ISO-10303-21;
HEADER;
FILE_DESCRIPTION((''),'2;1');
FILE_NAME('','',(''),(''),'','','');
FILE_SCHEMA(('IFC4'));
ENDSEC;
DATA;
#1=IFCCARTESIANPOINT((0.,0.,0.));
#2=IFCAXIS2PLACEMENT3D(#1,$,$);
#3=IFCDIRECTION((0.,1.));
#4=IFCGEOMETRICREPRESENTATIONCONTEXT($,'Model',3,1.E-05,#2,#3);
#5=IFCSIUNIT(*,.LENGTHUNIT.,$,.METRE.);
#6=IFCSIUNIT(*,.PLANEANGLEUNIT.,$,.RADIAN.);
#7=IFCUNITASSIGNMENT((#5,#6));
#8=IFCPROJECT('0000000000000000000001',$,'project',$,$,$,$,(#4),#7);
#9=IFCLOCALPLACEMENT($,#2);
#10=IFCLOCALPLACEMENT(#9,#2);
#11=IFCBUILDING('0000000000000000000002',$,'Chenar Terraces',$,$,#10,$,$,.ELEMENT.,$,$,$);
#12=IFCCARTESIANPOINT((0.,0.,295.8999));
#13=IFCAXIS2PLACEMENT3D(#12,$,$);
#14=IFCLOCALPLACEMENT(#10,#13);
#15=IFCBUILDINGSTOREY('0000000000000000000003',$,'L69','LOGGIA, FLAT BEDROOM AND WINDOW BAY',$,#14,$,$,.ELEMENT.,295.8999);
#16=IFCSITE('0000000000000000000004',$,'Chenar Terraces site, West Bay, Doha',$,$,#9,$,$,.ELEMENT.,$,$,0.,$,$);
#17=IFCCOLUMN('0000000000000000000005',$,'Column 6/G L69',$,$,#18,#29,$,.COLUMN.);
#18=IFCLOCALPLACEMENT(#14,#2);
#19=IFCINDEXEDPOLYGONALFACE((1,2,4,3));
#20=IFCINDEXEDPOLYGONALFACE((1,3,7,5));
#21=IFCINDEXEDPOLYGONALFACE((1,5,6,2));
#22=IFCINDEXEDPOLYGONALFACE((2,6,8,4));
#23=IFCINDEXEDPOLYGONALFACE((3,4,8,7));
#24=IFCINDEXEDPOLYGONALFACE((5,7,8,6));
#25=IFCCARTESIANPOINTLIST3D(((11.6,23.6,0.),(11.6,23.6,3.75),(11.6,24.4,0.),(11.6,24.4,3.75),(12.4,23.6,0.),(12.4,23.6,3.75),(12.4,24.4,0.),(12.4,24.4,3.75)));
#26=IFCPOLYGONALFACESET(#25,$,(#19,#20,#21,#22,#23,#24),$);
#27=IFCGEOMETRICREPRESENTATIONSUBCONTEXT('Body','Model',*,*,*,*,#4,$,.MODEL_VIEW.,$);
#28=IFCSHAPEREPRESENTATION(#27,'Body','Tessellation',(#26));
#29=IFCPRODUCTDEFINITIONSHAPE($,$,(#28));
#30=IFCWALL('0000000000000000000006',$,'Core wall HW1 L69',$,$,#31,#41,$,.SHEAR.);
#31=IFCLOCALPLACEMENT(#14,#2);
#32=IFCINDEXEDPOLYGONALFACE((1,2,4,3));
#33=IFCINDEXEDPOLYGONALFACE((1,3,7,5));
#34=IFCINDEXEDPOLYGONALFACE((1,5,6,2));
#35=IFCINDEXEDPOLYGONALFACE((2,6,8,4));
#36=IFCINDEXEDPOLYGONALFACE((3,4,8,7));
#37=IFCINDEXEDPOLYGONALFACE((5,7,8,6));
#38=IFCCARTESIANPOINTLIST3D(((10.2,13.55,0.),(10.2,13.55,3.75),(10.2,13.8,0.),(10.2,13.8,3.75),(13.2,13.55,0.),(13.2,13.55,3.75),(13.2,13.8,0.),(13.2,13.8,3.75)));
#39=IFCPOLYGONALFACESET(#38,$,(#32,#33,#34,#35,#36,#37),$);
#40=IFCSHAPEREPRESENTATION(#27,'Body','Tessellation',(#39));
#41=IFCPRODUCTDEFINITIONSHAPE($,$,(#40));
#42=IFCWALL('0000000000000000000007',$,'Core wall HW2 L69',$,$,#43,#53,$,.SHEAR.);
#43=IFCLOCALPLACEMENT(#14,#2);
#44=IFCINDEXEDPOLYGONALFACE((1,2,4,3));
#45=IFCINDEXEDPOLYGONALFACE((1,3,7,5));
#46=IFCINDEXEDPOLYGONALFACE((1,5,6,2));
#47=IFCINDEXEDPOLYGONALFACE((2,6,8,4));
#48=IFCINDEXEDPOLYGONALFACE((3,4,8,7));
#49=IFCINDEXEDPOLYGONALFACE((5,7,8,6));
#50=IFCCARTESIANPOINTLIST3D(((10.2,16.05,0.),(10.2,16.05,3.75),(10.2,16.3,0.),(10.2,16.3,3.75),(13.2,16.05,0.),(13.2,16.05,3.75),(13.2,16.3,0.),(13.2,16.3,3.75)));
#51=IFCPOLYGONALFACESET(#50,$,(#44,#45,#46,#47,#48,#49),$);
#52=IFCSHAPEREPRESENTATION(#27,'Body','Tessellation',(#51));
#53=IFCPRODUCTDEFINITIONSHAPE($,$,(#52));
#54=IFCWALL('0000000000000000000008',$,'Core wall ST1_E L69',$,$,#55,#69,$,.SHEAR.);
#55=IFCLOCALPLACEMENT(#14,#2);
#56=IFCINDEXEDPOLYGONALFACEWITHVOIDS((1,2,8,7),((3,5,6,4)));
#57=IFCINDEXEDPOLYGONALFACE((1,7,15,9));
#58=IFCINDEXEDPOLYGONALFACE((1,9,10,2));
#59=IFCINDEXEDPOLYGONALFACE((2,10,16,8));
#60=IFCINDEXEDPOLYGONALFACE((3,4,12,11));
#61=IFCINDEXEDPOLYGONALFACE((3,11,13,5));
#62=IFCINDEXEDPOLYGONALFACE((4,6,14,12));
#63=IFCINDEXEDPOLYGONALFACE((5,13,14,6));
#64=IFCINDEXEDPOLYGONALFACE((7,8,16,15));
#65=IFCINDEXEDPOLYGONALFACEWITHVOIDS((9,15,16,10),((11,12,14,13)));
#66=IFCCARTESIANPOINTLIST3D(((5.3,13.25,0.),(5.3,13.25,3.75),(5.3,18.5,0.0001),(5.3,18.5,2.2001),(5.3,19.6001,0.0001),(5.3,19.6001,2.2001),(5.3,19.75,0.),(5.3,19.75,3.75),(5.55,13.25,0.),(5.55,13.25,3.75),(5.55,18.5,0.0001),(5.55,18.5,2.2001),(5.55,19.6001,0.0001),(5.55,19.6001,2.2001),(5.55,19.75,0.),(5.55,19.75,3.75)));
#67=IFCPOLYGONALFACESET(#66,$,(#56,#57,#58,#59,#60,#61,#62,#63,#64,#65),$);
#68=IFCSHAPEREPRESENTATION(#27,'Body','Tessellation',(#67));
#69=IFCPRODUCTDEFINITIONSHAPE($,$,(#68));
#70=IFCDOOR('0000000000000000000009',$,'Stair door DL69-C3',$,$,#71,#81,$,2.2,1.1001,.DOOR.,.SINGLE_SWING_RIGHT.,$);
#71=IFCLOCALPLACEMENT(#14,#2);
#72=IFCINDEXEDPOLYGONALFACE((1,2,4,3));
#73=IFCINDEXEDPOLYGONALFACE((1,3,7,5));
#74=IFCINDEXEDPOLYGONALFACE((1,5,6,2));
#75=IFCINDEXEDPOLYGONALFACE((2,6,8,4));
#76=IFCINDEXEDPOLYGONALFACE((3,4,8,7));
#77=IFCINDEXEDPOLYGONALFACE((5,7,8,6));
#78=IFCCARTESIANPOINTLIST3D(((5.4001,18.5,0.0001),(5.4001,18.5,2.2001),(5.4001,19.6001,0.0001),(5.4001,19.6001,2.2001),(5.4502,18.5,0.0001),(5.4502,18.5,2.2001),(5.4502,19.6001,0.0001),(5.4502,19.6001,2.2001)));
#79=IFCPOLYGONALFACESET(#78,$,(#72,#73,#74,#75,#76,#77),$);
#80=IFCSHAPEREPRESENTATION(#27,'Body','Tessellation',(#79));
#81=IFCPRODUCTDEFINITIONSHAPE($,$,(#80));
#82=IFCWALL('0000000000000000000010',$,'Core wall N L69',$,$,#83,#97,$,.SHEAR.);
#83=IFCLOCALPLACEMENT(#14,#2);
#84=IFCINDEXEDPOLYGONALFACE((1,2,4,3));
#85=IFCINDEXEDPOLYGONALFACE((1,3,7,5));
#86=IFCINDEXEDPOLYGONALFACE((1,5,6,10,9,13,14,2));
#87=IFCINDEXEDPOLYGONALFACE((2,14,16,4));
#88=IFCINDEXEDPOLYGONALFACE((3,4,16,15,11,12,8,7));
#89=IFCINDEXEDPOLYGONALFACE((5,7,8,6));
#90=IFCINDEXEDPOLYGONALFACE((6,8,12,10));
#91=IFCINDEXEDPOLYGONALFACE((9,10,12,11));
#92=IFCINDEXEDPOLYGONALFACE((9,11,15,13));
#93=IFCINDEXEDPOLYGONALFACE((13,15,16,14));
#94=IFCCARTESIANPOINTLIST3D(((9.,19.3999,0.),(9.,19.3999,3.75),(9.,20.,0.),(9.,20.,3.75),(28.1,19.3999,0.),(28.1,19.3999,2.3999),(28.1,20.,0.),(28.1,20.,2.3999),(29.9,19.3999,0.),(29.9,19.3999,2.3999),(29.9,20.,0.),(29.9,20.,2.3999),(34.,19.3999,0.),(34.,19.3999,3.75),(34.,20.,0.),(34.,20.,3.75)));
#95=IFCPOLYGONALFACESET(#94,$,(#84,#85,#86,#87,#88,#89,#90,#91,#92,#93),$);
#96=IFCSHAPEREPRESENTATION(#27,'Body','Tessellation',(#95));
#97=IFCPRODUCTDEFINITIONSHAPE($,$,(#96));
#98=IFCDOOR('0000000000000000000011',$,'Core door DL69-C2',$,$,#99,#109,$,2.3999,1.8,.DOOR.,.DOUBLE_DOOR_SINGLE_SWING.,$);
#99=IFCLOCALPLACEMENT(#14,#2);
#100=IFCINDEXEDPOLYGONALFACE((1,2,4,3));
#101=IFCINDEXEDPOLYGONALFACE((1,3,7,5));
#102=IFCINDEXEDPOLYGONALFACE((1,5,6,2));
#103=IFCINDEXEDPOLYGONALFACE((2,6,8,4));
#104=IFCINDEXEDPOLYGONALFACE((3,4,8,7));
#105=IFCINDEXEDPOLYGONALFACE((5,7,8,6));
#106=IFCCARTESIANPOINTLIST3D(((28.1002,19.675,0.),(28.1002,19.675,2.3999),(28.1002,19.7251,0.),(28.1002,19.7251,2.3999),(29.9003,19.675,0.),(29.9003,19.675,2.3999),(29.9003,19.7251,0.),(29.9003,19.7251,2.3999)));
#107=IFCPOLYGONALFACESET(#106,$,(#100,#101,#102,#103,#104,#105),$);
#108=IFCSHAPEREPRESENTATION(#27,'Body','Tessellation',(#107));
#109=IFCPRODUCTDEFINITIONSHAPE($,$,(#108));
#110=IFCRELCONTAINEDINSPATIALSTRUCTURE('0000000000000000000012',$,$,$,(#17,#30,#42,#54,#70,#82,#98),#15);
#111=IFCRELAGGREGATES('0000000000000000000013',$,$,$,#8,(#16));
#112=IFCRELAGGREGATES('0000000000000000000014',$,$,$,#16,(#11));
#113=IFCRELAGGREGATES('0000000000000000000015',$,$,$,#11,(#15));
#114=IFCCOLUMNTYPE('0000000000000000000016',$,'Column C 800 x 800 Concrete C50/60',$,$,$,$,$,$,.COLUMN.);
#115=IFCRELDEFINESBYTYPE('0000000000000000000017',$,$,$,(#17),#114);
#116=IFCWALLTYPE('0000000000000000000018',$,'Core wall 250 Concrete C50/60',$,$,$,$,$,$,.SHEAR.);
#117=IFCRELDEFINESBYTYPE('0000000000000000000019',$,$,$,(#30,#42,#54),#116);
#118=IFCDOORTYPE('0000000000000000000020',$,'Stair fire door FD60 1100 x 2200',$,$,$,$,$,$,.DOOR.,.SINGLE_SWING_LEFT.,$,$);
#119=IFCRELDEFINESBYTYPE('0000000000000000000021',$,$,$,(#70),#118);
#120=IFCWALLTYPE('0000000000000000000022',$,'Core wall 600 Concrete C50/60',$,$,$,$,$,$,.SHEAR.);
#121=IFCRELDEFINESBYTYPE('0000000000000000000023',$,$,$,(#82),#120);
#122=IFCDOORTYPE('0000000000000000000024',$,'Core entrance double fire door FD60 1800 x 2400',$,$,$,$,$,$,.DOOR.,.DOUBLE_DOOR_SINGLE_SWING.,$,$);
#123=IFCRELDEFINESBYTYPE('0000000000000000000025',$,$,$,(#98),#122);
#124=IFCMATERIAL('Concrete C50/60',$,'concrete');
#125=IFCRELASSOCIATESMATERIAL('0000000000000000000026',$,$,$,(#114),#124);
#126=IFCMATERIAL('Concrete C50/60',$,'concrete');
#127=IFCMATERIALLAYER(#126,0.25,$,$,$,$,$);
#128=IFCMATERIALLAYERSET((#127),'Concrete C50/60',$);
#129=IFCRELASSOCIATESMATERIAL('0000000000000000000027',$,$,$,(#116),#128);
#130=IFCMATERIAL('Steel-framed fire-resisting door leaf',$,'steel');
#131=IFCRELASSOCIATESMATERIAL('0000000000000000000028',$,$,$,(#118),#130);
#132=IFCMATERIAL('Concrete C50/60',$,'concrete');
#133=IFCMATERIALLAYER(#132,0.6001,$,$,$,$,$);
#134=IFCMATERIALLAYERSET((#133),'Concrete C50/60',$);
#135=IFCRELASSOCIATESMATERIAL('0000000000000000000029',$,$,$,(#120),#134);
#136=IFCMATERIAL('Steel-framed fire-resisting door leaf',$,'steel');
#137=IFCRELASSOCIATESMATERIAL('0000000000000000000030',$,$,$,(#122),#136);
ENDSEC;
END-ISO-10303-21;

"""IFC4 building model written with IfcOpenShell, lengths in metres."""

from ifc_helpers import new_model, si_unit, direction, frame, frame_2d, origin, origin_2d, place, context, subcontext, project, spatial, rectangle, extrude, material, layer, layer_set, material_profile, profile_set, type_object, element, fill, save


model = new_model("IFC4")

# Units and contexts
model_context = context("Model", 3, precision=1e-05, world=origin(), true_north=direction((0.0, 1.0)))
body_context = subcontext(model_context, "Body", "Model", "MODEL_VIEW")
ifc_project = project(units=[si_unit("LENGTHUNIT", "METRE"), si_unit("PLANEANGLEUNIT", "RADIAN")], contexts=[model_context])

# Site, building, storey
site_placement = place(None, origin())
site = spatial("IfcSite", under=ifc_project, at=site_placement, Name="Chenar Terraces site, West Bay, Doha", CompositionType="ELEMENT", RefElevation=0.0)
building_placement = place(site_placement, origin())
building = spatial("IfcBuilding", under=site, at=building_placement, Name="Chenar Terraces", CompositionType="ELEMENT")
storey_placement = place(building_placement, frame((0.0, 0.0, 295.8999)))
storey = spatial("IfcBuildingStorey", under=building, at=storey_placement, Name="L69", Description="LOGGIA, FLAT BEDROOM AND WINDOW BAY", CompositionType="ELEMENT", Elevation=295.8999)

# Column
ifc_material_1 = material(Name="Concrete C50/60", Category="concrete")
ifc_material_profile = material_profile(ifc_material_1, rectangle(XDim=0.8, YDim=0.8, at=origin_2d()), Name="C 800 x 800")
ifc_profile_set = profile_set([ifc_material_profile], Name="Concrete C50/60")
column_type = type_object("IfcColumnType", Name="Column C 800 x 800 Concrete C50/60", PredefinedType="COLUMN", material=ifc_profile_set)
column_placement = place(storey_placement, frame((12.0, 24.0, 0.0), z_axis=(0.0, 0.0, 1.0), x_axis=(1.0, 0.0, 0.0)))
element("IfcColumn", 1, at=column_placement, inside=storey, type_object=column_type, Name="Column 6/G L69", PredefinedType="COLUMN", context=body_context, shape_type="SweptSolid", body=[
    extrude(rectangle(XDim=0.8, YDim=0.8, at=origin_2d()), origin(), (0.0, 0.0, 1.0), 3.75),
])

# Walls
ifc_material_2 = material(Name="Concrete C50/60", Category="concrete")
ifc_layer_1 = layer(ifc_material_2, 0.25)
ifc_layer_set_1 = layer_set([ifc_layer_1], Name="Concrete C50/60")
wall_type_1 = type_object("IfcWallType", Name="Core wall 250 Concrete C50/60", PredefinedType="SHEAR", material=ifc_layer_set_1)
for number, where, z_axis, x_axis, name in (
    (2, (10.2, 13.675, 0.0), (0.0, 0.0, 1.0), (1.0, 0.0, 0.0), "Core wall HW1 L69"),
    (3, (10.2, 16.175, 0.0), (0.0, 0.0, 1.0), (1.0, 0.0, 0.0), "Core wall HW2 L69"),
):
    element("IfcWall", number, at=place(storey_placement, frame(where, z_axis=z_axis, x_axis=x_axis)), inside=storey, type_object=wall_type_1, Name=name, PredefinedType="SHEAR", context=body_context, shape_type="SweptSolid", body=[
        extrude(rectangle(XDim=3.0, YDim=0.25, at=frame_2d((1.5, 0.0))), origin(), (0.0, 0.0, 1.0), 3.75),
    ])

# Walls, openings, doors
wall_1_placement = place(storey_placement, frame((5.425, 13.25, 0.0), z_axis=(0.0, 0.0, 1.0), x_axis=(0.0, 1.0, 0.0)))
wall_1 = element("IfcWall", 4, at=wall_1_placement, inside=storey, type_object=wall_type_1, Name="Core wall ST1_E L69", PredefinedType="SHEAR", context=body_context, shape_type="SweptSolid", body=[
    extrude(rectangle(XDim=6.5, YDim=0.25, at=frame_2d((3.25, 0.0))), origin(), (0.0, 0.0, 1.0), 3.75),
])
opening_1_placement = place(wall_1_placement, frame((5.25, 0.0, 0.0)))
opening_1 = element("IfcOpeningElement", 5, at=opening_1_placement, cuts=wall_1, PredefinedType="OPENING", context=body_context, shape_type="SweptSolid", body=[
    extrude(rectangle(XDim=1.1001, YDim=2.2, at=frame_2d((0.55, 1.1001))), frame((0.0, 0.135, 0.0), z_axis=(0.0, -1.0, 0.0), x_axis=(1.0, 0.0, 0.0)), (0.0, 0.0, 1.0), 0.27),
])
ifc_material_3 = material(Name="Steel-framed fire-resisting door leaf", Category="steel")
door_type_1 = type_object("IfcDoorType", Name="Stair fire door FD60 1100 x 2200", OperationType="SINGLE_SWING_LEFT", PredefinedType="DOOR", material=ifc_material_3)
door_1_placement = place(opening_1_placement, origin())
door_1 = element("IfcDoor", 6, at=door_1_placement, inside=storey, type_object=door_type_1, Name="Stair door DL69-C3", OperationType="SINGLE_SWING_RIGHT", OverallHeight=2.2, OverallWidth=1.1001, PredefinedType="DOOR", context=body_context, shape_type="SweptSolid", body=[
    extrude(rectangle(XDim=1.1001, YDim=2.2, at=frame_2d((0.55, 1.1001))), frame((0.0, 0.0249, 0.0), z_axis=(0.0, -1.0, 0.0), x_axis=(1.0, 0.0, 0.0)), (0.0, 0.0, 1.0), 0.05),
])
fill(opening_1, door_1)
ifc_material_4 = material(Name="Concrete C50/60", Category="concrete")
ifc_layer_2 = layer(ifc_material_4, 0.6001)
ifc_layer_set_2 = layer_set([ifc_layer_2], Name="Concrete C50/60")
wall_type_2 = type_object("IfcWallType", Name="Core wall 600 Concrete C50/60", PredefinedType="SHEAR", material=ifc_layer_set_2)
wall_2_placement = place(storey_placement, frame((9.0, 19.7, 0.0), z_axis=(0.0, 0.0, 1.0), x_axis=(1.0, 0.0, 0.0)))
wall_2 = element("IfcWall", 7, at=wall_2_placement, inside=storey, type_object=wall_type_2, Name="Core wall N L69", PredefinedType="SHEAR", context=body_context, shape_type="SweptSolid", body=[
    extrude(rectangle(XDim=25.0, YDim=0.6001, at=frame_2d((12.5, 0.0))), origin(), (0.0, 0.0, 1.0), 3.75),
])
opening_2_placement = place(wall_2_placement, frame((19.1001, 0.0, 0.0)))
opening_2 = element("IfcOpeningElement", 8, at=opening_2_placement, cuts=wall_2, PredefinedType="OPENING", context=body_context, shape_type="SweptSolid", body=[
    extrude(rectangle(XDim=1.8, YDim=2.3999, at=frame_2d((0.8999, 1.2))), frame((0.0, 0.3101, 0.0), z_axis=(0.0, -1.0, 0.0), x_axis=(1.0, 0.0, 0.0)), (0.0, 0.0, 1.0), 0.6201),
])
ifc_material_5 = material(Name="Steel-framed fire-resisting door leaf", Category="steel")
door_type_2 = type_object("IfcDoorType", Name="Core entrance double fire door FD60 1800 x 2400", OperationType="DOUBLE_DOOR_SINGLE_SWING", PredefinedType="DOOR", material=ifc_material_5)
door_2_placement = place(opening_2_placement, frame((1.8, 0.0, 0.0), z_axis=(0.0, 0.0, 1.0), x_axis=(-1.0, 0.0, 0.0)))
door_2 = element("IfcDoor", 9, at=door_2_placement, inside=storey, type_object=door_type_2, Name="Core door DL69-C2", OperationType="DOUBLE_DOOR_SINGLE_SWING", OverallHeight=2.3999, OverallWidth=1.8, PredefinedType="DOOR", context=body_context, shape_type="SweptSolid", body=[
    extrude(rectangle(XDim=1.8, YDim=2.3999, at=frame_2d((0.8999, 1.2))), frame((0.0, 0.0249, 0.0), z_axis=(0.0, -1.0, 0.0), x_axis=(1.0, 0.0, 0.0)), (0.0, 0.0, 1.0), 0.05),
])
fill(opening_2, door_2)

save(model, "model.ifc")
